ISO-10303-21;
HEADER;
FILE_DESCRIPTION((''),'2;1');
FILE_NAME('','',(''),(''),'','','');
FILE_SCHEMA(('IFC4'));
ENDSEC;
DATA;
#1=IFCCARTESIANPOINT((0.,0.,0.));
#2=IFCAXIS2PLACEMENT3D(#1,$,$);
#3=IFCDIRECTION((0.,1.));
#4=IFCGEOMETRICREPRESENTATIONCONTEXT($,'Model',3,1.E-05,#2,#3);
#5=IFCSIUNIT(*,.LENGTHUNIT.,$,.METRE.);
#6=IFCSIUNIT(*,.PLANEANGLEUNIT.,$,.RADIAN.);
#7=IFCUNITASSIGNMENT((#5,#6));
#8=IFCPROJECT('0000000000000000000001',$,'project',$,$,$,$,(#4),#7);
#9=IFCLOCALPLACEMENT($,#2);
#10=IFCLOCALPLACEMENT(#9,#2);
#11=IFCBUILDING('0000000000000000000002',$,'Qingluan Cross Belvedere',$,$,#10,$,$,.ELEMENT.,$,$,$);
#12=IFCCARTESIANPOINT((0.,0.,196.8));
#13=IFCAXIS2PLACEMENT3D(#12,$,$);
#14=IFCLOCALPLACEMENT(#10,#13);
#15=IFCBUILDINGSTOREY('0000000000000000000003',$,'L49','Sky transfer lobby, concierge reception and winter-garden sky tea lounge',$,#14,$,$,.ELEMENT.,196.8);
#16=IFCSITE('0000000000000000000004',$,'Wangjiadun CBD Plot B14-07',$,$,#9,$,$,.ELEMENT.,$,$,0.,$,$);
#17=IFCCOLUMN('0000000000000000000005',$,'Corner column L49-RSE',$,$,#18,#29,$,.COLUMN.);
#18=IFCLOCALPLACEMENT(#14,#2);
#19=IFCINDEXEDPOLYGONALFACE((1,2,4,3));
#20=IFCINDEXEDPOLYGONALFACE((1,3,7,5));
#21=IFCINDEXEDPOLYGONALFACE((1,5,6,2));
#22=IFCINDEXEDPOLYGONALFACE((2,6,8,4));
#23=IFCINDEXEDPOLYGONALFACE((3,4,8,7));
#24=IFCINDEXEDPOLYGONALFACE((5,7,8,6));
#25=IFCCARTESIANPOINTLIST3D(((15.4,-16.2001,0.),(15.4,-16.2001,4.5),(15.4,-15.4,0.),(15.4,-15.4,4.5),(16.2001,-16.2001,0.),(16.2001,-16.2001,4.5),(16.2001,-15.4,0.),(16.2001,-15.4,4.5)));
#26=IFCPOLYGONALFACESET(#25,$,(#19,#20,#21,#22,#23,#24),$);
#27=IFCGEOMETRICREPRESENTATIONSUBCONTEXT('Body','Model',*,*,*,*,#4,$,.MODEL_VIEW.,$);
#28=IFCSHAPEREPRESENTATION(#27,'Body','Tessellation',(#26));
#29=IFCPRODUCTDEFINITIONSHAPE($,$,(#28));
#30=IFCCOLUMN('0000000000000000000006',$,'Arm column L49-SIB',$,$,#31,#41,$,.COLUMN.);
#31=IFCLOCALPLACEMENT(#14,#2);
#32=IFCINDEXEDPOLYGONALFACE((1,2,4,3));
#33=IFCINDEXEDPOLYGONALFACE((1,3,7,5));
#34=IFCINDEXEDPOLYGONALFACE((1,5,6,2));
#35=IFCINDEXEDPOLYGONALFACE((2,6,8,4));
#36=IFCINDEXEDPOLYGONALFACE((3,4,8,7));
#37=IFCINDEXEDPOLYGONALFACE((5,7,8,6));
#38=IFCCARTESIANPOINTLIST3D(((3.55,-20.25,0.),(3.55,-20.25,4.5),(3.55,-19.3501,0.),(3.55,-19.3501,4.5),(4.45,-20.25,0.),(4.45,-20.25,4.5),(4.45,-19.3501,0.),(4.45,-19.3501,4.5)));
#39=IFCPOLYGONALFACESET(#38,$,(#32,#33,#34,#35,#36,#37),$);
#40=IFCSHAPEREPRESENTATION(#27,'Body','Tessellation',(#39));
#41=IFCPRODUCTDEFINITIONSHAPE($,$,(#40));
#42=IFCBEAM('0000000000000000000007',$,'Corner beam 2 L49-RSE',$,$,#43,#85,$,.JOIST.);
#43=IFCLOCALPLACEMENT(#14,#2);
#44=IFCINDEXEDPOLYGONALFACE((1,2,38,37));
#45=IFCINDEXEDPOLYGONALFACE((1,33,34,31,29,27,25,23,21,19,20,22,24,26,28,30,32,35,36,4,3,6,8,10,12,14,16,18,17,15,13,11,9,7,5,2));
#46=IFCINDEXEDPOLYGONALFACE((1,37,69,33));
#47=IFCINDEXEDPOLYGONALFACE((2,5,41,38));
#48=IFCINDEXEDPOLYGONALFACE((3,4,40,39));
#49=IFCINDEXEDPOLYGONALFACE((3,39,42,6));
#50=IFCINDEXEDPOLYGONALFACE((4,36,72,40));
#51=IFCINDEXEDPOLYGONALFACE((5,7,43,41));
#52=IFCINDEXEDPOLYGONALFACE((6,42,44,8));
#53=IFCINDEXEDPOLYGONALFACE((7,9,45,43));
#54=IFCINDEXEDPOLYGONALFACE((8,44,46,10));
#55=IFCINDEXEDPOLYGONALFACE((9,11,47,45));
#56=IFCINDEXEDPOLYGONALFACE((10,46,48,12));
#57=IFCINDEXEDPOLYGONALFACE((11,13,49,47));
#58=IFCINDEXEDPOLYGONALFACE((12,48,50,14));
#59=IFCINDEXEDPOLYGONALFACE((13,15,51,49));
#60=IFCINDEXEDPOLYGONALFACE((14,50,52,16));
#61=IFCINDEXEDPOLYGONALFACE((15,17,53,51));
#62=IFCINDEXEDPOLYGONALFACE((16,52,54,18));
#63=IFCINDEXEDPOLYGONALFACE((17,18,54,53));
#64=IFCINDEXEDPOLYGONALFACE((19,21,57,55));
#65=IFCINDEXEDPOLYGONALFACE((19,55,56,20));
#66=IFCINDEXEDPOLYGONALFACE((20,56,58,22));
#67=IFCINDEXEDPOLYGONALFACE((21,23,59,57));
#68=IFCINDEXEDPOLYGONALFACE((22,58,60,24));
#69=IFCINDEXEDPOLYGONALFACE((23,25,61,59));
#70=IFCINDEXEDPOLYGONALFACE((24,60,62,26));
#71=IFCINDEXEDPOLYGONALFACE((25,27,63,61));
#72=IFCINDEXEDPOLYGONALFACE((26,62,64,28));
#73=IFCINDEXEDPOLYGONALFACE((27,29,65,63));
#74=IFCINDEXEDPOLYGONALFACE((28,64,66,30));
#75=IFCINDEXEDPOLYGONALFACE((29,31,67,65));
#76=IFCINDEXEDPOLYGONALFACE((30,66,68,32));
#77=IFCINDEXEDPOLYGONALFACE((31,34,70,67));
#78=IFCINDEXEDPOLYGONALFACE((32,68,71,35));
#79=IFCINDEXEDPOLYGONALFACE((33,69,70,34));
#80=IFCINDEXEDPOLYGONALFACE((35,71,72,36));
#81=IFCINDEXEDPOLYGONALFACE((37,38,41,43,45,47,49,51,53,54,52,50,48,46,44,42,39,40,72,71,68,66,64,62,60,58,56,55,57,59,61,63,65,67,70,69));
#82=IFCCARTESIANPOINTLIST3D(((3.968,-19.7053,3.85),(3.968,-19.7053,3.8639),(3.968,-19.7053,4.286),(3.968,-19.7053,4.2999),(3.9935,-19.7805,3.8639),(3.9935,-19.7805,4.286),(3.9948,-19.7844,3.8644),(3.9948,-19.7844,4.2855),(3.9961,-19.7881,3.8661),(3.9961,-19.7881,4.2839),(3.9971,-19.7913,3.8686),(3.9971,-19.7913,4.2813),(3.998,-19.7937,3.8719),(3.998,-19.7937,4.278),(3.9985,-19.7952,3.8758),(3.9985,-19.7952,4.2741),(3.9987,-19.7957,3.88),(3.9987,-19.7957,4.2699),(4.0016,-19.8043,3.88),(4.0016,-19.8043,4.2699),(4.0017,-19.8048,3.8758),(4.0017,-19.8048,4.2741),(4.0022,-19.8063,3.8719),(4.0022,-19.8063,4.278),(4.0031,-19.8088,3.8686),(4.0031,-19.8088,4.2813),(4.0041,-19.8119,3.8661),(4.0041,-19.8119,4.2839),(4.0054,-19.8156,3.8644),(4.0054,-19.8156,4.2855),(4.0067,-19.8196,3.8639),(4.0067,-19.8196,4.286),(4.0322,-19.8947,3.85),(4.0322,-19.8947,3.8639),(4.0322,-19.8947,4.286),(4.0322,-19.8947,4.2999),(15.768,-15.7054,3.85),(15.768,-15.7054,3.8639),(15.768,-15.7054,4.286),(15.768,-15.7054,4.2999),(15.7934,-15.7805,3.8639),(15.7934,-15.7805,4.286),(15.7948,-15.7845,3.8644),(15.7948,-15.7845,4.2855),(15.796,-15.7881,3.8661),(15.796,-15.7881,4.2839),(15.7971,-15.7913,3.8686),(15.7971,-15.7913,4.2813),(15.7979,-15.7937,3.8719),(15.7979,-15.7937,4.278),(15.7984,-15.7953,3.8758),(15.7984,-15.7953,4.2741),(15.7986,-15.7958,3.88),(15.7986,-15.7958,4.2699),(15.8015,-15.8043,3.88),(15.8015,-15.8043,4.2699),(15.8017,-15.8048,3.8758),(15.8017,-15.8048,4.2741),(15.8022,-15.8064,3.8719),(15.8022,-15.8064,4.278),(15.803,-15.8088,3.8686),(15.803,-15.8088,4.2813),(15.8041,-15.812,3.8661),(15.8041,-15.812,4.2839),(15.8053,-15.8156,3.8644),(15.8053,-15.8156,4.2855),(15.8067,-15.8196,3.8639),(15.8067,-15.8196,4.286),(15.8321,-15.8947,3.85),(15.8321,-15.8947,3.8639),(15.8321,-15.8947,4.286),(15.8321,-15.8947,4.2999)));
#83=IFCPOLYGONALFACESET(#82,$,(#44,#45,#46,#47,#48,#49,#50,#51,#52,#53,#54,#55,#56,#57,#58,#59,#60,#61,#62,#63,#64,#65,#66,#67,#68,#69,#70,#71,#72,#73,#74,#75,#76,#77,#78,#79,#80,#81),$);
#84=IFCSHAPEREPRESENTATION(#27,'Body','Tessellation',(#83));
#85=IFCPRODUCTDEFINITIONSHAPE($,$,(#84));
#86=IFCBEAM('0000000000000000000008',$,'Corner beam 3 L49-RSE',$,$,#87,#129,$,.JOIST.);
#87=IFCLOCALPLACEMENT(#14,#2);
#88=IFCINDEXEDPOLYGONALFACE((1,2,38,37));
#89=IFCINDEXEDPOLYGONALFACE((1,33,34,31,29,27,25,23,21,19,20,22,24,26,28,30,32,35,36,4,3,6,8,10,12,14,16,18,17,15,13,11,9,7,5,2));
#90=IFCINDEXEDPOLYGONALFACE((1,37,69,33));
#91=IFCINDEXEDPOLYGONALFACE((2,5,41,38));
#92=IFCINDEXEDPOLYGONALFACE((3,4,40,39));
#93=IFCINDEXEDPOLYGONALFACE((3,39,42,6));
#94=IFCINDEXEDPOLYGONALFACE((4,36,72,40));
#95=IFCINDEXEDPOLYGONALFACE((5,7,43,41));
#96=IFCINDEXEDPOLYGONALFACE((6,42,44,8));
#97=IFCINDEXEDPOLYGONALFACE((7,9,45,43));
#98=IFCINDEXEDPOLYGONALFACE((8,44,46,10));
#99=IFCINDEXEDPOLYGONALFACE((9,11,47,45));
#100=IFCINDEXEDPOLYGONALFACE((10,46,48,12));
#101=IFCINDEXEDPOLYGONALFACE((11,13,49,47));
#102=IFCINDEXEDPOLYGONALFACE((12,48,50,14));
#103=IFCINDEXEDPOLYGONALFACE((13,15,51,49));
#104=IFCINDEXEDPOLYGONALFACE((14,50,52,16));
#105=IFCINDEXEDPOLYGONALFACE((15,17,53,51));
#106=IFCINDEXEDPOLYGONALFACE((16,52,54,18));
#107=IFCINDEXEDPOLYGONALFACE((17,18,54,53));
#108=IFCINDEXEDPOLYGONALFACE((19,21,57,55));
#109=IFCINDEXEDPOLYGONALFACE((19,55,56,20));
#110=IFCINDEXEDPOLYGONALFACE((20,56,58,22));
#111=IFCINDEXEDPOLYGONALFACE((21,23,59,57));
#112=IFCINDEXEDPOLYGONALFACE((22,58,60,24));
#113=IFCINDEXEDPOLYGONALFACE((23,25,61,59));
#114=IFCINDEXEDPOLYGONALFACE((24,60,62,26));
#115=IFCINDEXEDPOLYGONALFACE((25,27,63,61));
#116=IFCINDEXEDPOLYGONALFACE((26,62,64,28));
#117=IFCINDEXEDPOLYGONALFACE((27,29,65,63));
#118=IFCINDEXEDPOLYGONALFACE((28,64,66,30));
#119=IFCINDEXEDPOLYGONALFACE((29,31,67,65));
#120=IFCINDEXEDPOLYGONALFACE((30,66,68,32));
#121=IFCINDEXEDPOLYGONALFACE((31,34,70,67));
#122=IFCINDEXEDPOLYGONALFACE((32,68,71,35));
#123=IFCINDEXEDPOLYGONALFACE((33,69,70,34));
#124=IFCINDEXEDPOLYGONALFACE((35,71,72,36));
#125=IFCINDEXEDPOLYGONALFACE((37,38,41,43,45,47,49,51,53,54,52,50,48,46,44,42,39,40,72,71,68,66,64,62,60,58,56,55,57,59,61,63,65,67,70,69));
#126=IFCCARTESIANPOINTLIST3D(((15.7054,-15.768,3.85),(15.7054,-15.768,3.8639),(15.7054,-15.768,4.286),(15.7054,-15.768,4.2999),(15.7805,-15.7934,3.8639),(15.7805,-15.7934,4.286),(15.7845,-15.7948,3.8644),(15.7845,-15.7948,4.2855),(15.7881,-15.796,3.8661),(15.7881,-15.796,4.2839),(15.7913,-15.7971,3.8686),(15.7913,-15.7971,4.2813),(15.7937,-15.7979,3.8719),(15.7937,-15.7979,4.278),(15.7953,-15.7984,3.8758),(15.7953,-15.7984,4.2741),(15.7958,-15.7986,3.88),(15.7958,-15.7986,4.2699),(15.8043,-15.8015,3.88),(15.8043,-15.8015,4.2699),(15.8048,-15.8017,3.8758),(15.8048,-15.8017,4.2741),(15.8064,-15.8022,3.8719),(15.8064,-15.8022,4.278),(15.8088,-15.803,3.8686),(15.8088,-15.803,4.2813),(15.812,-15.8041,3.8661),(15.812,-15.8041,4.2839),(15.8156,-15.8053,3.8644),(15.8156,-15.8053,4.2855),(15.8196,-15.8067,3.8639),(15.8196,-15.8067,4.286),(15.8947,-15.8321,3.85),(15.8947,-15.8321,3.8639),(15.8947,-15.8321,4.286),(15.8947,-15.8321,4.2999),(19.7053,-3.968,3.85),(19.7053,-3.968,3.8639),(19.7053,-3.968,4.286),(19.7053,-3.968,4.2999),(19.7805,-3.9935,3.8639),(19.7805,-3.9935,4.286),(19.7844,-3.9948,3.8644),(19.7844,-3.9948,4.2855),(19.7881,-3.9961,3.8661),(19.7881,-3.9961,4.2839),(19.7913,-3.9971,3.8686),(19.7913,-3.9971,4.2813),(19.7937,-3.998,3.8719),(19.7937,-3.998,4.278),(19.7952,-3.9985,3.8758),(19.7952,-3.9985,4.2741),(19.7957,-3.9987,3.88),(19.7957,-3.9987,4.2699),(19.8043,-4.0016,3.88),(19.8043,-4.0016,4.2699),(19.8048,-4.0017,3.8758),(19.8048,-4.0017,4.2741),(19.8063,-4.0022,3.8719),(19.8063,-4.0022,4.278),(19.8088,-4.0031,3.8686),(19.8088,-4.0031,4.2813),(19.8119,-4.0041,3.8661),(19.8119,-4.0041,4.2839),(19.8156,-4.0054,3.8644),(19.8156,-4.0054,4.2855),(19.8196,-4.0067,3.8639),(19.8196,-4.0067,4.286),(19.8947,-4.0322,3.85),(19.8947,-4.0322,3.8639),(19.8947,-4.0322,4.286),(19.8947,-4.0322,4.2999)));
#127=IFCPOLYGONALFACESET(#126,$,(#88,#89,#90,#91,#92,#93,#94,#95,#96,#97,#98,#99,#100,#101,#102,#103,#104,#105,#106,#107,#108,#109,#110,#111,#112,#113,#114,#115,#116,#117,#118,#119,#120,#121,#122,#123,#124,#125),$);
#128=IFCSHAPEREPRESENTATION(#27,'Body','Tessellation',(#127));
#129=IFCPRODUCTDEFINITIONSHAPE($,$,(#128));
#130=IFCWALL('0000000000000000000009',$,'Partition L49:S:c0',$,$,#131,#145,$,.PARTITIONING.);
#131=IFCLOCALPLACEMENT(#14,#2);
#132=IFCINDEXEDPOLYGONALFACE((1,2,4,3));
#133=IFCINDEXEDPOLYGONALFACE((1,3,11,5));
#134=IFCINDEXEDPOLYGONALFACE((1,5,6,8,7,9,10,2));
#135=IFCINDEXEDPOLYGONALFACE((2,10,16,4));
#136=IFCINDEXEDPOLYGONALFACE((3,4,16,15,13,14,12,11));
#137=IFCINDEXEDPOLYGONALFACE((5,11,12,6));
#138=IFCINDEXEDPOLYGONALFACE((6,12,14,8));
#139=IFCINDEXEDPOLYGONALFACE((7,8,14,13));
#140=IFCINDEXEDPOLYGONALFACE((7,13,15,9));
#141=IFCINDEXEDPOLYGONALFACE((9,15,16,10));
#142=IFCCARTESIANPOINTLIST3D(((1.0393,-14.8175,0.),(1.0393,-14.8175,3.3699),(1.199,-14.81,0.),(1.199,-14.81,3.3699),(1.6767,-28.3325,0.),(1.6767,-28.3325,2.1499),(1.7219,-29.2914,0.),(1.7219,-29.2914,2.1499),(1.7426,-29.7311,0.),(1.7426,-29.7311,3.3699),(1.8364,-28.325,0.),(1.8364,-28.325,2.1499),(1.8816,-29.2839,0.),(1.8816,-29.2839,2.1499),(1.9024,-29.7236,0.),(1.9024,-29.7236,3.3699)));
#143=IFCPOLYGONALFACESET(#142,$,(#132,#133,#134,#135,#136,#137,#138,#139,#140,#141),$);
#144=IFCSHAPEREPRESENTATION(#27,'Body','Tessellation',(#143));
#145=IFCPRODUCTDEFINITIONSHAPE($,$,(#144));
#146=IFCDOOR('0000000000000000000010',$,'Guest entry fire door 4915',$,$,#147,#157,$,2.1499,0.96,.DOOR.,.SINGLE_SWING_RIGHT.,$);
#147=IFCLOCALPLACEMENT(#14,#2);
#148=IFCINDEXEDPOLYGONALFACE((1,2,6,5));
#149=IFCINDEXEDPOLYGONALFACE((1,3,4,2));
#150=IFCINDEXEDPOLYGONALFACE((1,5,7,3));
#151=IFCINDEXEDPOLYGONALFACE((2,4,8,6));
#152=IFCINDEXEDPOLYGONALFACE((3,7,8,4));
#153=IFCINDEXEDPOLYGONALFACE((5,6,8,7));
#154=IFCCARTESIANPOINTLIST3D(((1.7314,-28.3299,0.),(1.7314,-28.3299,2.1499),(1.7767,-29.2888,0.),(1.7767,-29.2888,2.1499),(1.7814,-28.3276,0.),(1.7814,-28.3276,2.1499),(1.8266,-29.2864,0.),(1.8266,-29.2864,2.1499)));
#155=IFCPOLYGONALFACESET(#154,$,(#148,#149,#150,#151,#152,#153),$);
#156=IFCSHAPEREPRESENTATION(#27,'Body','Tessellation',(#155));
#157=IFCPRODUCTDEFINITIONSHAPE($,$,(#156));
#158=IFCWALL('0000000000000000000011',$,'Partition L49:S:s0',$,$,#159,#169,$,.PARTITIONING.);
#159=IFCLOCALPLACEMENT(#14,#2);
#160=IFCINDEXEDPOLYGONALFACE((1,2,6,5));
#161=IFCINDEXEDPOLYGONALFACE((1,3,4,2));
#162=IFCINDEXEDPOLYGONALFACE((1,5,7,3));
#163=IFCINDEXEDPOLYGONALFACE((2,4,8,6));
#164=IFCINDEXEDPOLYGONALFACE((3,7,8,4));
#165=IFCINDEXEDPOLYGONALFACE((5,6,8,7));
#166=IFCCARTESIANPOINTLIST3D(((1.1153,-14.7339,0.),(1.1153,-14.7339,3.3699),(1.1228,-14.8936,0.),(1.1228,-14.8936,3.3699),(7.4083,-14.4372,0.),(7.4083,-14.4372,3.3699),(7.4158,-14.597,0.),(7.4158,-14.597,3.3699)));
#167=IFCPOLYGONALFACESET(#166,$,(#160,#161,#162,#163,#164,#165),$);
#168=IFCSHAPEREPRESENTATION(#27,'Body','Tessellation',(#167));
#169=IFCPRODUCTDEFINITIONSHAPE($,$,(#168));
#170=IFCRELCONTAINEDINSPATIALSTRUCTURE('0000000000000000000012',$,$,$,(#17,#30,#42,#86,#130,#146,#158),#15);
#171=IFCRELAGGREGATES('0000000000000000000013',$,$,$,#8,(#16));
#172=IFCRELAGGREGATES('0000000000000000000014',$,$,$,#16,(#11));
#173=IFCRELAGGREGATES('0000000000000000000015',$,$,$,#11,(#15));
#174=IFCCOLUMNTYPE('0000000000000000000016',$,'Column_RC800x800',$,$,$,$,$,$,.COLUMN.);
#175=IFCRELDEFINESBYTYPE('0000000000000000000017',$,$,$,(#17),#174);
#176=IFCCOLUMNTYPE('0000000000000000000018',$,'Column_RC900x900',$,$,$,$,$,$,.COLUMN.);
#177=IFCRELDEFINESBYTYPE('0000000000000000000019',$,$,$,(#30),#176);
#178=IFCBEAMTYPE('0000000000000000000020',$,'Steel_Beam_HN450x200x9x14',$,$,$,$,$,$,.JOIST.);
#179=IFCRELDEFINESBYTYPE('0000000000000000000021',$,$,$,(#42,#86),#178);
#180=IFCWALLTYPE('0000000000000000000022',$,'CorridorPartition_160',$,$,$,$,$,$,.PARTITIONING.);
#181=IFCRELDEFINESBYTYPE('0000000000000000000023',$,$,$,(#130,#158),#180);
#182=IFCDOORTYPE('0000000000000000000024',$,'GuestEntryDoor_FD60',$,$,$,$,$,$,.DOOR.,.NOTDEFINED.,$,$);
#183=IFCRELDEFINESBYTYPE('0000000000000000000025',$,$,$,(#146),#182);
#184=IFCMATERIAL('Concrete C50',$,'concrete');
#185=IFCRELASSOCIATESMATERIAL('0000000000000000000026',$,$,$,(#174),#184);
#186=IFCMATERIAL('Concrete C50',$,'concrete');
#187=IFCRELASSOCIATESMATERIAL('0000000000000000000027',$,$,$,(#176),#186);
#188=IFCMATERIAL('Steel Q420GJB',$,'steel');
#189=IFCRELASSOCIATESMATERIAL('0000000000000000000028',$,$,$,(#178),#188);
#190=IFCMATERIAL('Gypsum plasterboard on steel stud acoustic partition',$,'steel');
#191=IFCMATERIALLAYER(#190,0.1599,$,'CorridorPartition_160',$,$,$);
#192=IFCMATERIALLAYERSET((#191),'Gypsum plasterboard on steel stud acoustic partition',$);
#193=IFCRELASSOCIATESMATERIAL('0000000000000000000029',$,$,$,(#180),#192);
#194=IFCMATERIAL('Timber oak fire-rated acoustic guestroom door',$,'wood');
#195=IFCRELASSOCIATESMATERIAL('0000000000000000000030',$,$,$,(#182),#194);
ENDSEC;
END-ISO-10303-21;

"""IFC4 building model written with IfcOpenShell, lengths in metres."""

from ifc_helpers import new_model, si_unit, direction, frame, frame_2d, origin, origin_2d, place, context, subcontext, project, spatial, rectangle, i_section, extrude, material, layer, layer_set, material_profile, profile_set, type_object, element, fill, save


model = new_model("IFC4")

# Units and contexts
model_context = context("Model", 3, precision=1e-05, world=origin(), true_north=direction((0.0, 1.0)))
body_context = subcontext(model_context, "Body", "Model", "MODEL_VIEW")
ifc_project = project(units=[si_unit("LENGTHUNIT", "METRE"), si_unit("PLANEANGLEUNIT", "RADIAN")], contexts=[model_context])

# Site, building, storey
site_placement = place(None, origin())
site = spatial("IfcSite", under=ifc_project, at=site_placement, Name="Wangjiadun CBD Plot B14-07", CompositionType="ELEMENT", RefElevation=0.0)
building_placement = place(site_placement, origin())
building = spatial("IfcBuilding", under=site, at=building_placement, Name="Qingluan Cross Belvedere", CompositionType="ELEMENT")
storey_placement = place(building_placement, frame((0.0, 0.0, 196.8)))
storey = spatial("IfcBuildingStorey", under=building, at=storey_placement, Name="L49", Description="Sky transfer lobby, concierge reception and winter-garden sky tea lounge", CompositionType="ELEMENT", Elevation=196.8)

# Columns
ifc_material_1 = material(Name="Concrete C50", Category="concrete")
ifc_material_profile_1 = material_profile(ifc_material_1, rectangle(XDim=0.8, YDim=0.8, at=origin_2d()), Name="RC800x800")
ifc_profile_set_1 = profile_set([ifc_material_profile_1], Name="Concrete C50")
column_type_1 = type_object("IfcColumnType", Name="Column_RC800x800", PredefinedType="COLUMN", material=ifc_profile_set_1)
column_1_placement = place(storey_placement, frame((15.8, -15.8, 0.0), z_axis=(0.0, 0.0, 1.0), x_axis=(1.0, 0.0, 0.0)))
element("IfcColumn", 1, at=column_1_placement, inside=storey, type_object=column_type_1, Name="Corner column L49-RSE", PredefinedType="COLUMN", context=body_context, shape_type="SweptSolid", body=[
    extrude(rectangle(XDim=0.8, YDim=0.8, at=origin_2d()), origin(), (0.0, 0.0, 1.0), 4.5),
])
ifc_material_2 = material(Name="Concrete C50", Category="concrete")
ifc_material_profile_2 = material_profile(ifc_material_2, rectangle(XDim=0.8999, YDim=0.8999, at=origin_2d()), Name="RC900x900")
ifc_profile_set_2 = profile_set([ifc_material_profile_2], Name="Concrete C50")
column_type_2 = type_object("IfcColumnType", Name="Column_RC900x900", PredefinedType="COLUMN", material=ifc_profile_set_2)
column_2_placement = place(storey_placement, frame((4.0, -19.8, 0.0), z_axis=(0.0, 0.0, 1.0), x_axis=(1.0, 0.0, 0.0)))
element("IfcColumn", 2, at=column_2_placement, inside=storey, type_object=column_type_2, Name="Arm column L49-SIB", PredefinedType="COLUMN", context=body_context, shape_type="SweptSolid", body=[
    extrude(rectangle(XDim=0.8999, YDim=0.8999, at=origin_2d()), origin(), (0.0, 0.0, 1.0), 4.5),
])

# Beams
ifc_material_3 = material(Name="Steel Q420GJB", Category="steel")
ifc_material_profile_3 = material_profile(ifc_material_3, i_section(OverallWidth=0.2, OverallDepth=0.45, WebThickness=0.009, FlangeThickness=0.0139, FilletRadius=0.0161, at=origin_2d()), Name="HN450x200x9x14")
ifc_profile_set_3 = profile_set([ifc_material_profile_3], Name="Steel Q420GJB")
beam_type = type_object("IfcBeamType", Name="Steel_Beam_HN450x200x9x14", PredefinedType="JOIST", material=ifc_profile_set_3)
for number, where, z_axis, x_axis, name in (
    (3, (15.8, -15.8, 4.075), (-0.947066, -0.321038, 0.0), (0.321038, -0.947066, 0.0), "Corner beam 2 L49-RSE"),
    (4, (15.8, -15.8, 4.075), (0.321038, 0.947066, 0.0), (-0.947066, 0.321038, 0.0), "Corner beam 3 L49-RSE"),
):
    element("IfcBeam", number, at=place(storey_placement, frame(where, z_axis=z_axis, x_axis=x_axis)), inside=storey, type_object=beam_type, Name=name, PredefinedType="JOIST", context=body_context, shape_type="SweptSolid", body=[
        extrude(i_section(OverallWidth=0.2, OverallDepth=0.45, WebThickness=0.009, FlangeThickness=0.0139, FilletRadius=0.0161, at=origin_2d()), origin(), (0.0, 0.0, 1.0), 12.4595),
    ])

# Wall, opening, door
ifc_material_4 = material(Name="Gypsum plasterboard on steel stud acoustic partition", Category="steel")
ifc_layer_1 = layer(ifc_material_4, 0.1599, Name="CorridorPartition_160")
ifc_layer_set_1 = layer_set([ifc_layer_1], Name="Gypsum plasterboard on steel stud acoustic partition")
wall_type_1 = type_object("IfcWallType", Name="CorridorPartition_160", PredefinedType="PARTITIONING", material=ifc_layer_set_1)
wall_1_placement = place(storey_placement, frame((1.1191, -14.8137, 0.0), z_axis=(0.0, 0.0, 1.0), x_axis=(0.047111, -0.99889, 0.0)))
wall_1 = element("IfcWall", 5, at=wall_1_placement, inside=storey, type_object=wall_type_1, Name="Partition L49:S:c0", PredefinedType="PARTITIONING", context=body_context, shape_type="SweptSolid", body=[
    extrude(rectangle(XDim=14.9302, YDim=0.1599, at=frame_2d((7.4651, 0.0))), origin(), (0.0, 0.0, 1.0), 3.3699),
])
opening_1_placement = place(wall_1_placement, frame((13.53, 0.0, 0.0)))
opening_1 = element("IfcOpeningElement", 6, at=opening_1_placement, cuts=wall_1, PredefinedType="OPENING", context=body_context, shape_type="SweptSolid", body=[
    extrude(rectangle(XDim=0.96, YDim=2.1499, at=frame_2d((0.48, 1.075))), frame((0.0, 0.0898, 0.0), z_axis=(0.0, -1.0, 0.0), x_axis=(1.0, 0.0, 0.0)), (0.0, 0.0, 1.0), 0.1799),
])
ifc_material_5 = material(Name="Timber oak fire-rated acoustic guestroom door", Category="wood")
door_type_1 = type_object("IfcDoorType", Name="GuestEntryDoor_FD60", OperationType="NOTDEFINED", PredefinedType="DOOR", material=ifc_material_5)
door_1_placement = place(opening_1_placement, origin())
door_1 = element("IfcDoor", 7, at=door_1_placement, inside=storey, type_object=door_type_1, Name="Guest entry fire door 4915", OperationType="SINGLE_SWING_RIGHT", OverallHeight=2.1499, OverallWidth=0.96, PredefinedType="DOOR", context=body_context, shape_type="SweptSolid", body=[
    extrude(rectangle(XDim=0.96, YDim=2.1499, at=frame_2d((0.48, 1.075))), frame((0.0, 0.0249, 0.0), z_axis=(0.0, -1.0, 0.0), x_axis=(1.0, 0.0, 0.0)), (0.0, 0.0, 1.0), 0.05),
])
fill(opening_1, door_1)

# Wall
wall_2_placement = place(storey_placement, frame((1.1191, -14.8137, 0.0), z_axis=(0.0, 0.0, 1.0), x_axis=(0.998891, 0.047085, 0.0)))
element("IfcWall", 8, at=wall_2_placement, inside=storey, type_object=wall_type_1, Name="Partition L49:S:s0", PredefinedType="PARTITIONING", context=body_context, shape_type="SweptSolid", body=[
    extrude(rectangle(XDim=6.3, YDim=0.1599, at=frame_2d((3.1499, 0.0))), origin(), (0.0, 0.0, 1.0), 3.3699),
])

save(model, "model.ifc")
